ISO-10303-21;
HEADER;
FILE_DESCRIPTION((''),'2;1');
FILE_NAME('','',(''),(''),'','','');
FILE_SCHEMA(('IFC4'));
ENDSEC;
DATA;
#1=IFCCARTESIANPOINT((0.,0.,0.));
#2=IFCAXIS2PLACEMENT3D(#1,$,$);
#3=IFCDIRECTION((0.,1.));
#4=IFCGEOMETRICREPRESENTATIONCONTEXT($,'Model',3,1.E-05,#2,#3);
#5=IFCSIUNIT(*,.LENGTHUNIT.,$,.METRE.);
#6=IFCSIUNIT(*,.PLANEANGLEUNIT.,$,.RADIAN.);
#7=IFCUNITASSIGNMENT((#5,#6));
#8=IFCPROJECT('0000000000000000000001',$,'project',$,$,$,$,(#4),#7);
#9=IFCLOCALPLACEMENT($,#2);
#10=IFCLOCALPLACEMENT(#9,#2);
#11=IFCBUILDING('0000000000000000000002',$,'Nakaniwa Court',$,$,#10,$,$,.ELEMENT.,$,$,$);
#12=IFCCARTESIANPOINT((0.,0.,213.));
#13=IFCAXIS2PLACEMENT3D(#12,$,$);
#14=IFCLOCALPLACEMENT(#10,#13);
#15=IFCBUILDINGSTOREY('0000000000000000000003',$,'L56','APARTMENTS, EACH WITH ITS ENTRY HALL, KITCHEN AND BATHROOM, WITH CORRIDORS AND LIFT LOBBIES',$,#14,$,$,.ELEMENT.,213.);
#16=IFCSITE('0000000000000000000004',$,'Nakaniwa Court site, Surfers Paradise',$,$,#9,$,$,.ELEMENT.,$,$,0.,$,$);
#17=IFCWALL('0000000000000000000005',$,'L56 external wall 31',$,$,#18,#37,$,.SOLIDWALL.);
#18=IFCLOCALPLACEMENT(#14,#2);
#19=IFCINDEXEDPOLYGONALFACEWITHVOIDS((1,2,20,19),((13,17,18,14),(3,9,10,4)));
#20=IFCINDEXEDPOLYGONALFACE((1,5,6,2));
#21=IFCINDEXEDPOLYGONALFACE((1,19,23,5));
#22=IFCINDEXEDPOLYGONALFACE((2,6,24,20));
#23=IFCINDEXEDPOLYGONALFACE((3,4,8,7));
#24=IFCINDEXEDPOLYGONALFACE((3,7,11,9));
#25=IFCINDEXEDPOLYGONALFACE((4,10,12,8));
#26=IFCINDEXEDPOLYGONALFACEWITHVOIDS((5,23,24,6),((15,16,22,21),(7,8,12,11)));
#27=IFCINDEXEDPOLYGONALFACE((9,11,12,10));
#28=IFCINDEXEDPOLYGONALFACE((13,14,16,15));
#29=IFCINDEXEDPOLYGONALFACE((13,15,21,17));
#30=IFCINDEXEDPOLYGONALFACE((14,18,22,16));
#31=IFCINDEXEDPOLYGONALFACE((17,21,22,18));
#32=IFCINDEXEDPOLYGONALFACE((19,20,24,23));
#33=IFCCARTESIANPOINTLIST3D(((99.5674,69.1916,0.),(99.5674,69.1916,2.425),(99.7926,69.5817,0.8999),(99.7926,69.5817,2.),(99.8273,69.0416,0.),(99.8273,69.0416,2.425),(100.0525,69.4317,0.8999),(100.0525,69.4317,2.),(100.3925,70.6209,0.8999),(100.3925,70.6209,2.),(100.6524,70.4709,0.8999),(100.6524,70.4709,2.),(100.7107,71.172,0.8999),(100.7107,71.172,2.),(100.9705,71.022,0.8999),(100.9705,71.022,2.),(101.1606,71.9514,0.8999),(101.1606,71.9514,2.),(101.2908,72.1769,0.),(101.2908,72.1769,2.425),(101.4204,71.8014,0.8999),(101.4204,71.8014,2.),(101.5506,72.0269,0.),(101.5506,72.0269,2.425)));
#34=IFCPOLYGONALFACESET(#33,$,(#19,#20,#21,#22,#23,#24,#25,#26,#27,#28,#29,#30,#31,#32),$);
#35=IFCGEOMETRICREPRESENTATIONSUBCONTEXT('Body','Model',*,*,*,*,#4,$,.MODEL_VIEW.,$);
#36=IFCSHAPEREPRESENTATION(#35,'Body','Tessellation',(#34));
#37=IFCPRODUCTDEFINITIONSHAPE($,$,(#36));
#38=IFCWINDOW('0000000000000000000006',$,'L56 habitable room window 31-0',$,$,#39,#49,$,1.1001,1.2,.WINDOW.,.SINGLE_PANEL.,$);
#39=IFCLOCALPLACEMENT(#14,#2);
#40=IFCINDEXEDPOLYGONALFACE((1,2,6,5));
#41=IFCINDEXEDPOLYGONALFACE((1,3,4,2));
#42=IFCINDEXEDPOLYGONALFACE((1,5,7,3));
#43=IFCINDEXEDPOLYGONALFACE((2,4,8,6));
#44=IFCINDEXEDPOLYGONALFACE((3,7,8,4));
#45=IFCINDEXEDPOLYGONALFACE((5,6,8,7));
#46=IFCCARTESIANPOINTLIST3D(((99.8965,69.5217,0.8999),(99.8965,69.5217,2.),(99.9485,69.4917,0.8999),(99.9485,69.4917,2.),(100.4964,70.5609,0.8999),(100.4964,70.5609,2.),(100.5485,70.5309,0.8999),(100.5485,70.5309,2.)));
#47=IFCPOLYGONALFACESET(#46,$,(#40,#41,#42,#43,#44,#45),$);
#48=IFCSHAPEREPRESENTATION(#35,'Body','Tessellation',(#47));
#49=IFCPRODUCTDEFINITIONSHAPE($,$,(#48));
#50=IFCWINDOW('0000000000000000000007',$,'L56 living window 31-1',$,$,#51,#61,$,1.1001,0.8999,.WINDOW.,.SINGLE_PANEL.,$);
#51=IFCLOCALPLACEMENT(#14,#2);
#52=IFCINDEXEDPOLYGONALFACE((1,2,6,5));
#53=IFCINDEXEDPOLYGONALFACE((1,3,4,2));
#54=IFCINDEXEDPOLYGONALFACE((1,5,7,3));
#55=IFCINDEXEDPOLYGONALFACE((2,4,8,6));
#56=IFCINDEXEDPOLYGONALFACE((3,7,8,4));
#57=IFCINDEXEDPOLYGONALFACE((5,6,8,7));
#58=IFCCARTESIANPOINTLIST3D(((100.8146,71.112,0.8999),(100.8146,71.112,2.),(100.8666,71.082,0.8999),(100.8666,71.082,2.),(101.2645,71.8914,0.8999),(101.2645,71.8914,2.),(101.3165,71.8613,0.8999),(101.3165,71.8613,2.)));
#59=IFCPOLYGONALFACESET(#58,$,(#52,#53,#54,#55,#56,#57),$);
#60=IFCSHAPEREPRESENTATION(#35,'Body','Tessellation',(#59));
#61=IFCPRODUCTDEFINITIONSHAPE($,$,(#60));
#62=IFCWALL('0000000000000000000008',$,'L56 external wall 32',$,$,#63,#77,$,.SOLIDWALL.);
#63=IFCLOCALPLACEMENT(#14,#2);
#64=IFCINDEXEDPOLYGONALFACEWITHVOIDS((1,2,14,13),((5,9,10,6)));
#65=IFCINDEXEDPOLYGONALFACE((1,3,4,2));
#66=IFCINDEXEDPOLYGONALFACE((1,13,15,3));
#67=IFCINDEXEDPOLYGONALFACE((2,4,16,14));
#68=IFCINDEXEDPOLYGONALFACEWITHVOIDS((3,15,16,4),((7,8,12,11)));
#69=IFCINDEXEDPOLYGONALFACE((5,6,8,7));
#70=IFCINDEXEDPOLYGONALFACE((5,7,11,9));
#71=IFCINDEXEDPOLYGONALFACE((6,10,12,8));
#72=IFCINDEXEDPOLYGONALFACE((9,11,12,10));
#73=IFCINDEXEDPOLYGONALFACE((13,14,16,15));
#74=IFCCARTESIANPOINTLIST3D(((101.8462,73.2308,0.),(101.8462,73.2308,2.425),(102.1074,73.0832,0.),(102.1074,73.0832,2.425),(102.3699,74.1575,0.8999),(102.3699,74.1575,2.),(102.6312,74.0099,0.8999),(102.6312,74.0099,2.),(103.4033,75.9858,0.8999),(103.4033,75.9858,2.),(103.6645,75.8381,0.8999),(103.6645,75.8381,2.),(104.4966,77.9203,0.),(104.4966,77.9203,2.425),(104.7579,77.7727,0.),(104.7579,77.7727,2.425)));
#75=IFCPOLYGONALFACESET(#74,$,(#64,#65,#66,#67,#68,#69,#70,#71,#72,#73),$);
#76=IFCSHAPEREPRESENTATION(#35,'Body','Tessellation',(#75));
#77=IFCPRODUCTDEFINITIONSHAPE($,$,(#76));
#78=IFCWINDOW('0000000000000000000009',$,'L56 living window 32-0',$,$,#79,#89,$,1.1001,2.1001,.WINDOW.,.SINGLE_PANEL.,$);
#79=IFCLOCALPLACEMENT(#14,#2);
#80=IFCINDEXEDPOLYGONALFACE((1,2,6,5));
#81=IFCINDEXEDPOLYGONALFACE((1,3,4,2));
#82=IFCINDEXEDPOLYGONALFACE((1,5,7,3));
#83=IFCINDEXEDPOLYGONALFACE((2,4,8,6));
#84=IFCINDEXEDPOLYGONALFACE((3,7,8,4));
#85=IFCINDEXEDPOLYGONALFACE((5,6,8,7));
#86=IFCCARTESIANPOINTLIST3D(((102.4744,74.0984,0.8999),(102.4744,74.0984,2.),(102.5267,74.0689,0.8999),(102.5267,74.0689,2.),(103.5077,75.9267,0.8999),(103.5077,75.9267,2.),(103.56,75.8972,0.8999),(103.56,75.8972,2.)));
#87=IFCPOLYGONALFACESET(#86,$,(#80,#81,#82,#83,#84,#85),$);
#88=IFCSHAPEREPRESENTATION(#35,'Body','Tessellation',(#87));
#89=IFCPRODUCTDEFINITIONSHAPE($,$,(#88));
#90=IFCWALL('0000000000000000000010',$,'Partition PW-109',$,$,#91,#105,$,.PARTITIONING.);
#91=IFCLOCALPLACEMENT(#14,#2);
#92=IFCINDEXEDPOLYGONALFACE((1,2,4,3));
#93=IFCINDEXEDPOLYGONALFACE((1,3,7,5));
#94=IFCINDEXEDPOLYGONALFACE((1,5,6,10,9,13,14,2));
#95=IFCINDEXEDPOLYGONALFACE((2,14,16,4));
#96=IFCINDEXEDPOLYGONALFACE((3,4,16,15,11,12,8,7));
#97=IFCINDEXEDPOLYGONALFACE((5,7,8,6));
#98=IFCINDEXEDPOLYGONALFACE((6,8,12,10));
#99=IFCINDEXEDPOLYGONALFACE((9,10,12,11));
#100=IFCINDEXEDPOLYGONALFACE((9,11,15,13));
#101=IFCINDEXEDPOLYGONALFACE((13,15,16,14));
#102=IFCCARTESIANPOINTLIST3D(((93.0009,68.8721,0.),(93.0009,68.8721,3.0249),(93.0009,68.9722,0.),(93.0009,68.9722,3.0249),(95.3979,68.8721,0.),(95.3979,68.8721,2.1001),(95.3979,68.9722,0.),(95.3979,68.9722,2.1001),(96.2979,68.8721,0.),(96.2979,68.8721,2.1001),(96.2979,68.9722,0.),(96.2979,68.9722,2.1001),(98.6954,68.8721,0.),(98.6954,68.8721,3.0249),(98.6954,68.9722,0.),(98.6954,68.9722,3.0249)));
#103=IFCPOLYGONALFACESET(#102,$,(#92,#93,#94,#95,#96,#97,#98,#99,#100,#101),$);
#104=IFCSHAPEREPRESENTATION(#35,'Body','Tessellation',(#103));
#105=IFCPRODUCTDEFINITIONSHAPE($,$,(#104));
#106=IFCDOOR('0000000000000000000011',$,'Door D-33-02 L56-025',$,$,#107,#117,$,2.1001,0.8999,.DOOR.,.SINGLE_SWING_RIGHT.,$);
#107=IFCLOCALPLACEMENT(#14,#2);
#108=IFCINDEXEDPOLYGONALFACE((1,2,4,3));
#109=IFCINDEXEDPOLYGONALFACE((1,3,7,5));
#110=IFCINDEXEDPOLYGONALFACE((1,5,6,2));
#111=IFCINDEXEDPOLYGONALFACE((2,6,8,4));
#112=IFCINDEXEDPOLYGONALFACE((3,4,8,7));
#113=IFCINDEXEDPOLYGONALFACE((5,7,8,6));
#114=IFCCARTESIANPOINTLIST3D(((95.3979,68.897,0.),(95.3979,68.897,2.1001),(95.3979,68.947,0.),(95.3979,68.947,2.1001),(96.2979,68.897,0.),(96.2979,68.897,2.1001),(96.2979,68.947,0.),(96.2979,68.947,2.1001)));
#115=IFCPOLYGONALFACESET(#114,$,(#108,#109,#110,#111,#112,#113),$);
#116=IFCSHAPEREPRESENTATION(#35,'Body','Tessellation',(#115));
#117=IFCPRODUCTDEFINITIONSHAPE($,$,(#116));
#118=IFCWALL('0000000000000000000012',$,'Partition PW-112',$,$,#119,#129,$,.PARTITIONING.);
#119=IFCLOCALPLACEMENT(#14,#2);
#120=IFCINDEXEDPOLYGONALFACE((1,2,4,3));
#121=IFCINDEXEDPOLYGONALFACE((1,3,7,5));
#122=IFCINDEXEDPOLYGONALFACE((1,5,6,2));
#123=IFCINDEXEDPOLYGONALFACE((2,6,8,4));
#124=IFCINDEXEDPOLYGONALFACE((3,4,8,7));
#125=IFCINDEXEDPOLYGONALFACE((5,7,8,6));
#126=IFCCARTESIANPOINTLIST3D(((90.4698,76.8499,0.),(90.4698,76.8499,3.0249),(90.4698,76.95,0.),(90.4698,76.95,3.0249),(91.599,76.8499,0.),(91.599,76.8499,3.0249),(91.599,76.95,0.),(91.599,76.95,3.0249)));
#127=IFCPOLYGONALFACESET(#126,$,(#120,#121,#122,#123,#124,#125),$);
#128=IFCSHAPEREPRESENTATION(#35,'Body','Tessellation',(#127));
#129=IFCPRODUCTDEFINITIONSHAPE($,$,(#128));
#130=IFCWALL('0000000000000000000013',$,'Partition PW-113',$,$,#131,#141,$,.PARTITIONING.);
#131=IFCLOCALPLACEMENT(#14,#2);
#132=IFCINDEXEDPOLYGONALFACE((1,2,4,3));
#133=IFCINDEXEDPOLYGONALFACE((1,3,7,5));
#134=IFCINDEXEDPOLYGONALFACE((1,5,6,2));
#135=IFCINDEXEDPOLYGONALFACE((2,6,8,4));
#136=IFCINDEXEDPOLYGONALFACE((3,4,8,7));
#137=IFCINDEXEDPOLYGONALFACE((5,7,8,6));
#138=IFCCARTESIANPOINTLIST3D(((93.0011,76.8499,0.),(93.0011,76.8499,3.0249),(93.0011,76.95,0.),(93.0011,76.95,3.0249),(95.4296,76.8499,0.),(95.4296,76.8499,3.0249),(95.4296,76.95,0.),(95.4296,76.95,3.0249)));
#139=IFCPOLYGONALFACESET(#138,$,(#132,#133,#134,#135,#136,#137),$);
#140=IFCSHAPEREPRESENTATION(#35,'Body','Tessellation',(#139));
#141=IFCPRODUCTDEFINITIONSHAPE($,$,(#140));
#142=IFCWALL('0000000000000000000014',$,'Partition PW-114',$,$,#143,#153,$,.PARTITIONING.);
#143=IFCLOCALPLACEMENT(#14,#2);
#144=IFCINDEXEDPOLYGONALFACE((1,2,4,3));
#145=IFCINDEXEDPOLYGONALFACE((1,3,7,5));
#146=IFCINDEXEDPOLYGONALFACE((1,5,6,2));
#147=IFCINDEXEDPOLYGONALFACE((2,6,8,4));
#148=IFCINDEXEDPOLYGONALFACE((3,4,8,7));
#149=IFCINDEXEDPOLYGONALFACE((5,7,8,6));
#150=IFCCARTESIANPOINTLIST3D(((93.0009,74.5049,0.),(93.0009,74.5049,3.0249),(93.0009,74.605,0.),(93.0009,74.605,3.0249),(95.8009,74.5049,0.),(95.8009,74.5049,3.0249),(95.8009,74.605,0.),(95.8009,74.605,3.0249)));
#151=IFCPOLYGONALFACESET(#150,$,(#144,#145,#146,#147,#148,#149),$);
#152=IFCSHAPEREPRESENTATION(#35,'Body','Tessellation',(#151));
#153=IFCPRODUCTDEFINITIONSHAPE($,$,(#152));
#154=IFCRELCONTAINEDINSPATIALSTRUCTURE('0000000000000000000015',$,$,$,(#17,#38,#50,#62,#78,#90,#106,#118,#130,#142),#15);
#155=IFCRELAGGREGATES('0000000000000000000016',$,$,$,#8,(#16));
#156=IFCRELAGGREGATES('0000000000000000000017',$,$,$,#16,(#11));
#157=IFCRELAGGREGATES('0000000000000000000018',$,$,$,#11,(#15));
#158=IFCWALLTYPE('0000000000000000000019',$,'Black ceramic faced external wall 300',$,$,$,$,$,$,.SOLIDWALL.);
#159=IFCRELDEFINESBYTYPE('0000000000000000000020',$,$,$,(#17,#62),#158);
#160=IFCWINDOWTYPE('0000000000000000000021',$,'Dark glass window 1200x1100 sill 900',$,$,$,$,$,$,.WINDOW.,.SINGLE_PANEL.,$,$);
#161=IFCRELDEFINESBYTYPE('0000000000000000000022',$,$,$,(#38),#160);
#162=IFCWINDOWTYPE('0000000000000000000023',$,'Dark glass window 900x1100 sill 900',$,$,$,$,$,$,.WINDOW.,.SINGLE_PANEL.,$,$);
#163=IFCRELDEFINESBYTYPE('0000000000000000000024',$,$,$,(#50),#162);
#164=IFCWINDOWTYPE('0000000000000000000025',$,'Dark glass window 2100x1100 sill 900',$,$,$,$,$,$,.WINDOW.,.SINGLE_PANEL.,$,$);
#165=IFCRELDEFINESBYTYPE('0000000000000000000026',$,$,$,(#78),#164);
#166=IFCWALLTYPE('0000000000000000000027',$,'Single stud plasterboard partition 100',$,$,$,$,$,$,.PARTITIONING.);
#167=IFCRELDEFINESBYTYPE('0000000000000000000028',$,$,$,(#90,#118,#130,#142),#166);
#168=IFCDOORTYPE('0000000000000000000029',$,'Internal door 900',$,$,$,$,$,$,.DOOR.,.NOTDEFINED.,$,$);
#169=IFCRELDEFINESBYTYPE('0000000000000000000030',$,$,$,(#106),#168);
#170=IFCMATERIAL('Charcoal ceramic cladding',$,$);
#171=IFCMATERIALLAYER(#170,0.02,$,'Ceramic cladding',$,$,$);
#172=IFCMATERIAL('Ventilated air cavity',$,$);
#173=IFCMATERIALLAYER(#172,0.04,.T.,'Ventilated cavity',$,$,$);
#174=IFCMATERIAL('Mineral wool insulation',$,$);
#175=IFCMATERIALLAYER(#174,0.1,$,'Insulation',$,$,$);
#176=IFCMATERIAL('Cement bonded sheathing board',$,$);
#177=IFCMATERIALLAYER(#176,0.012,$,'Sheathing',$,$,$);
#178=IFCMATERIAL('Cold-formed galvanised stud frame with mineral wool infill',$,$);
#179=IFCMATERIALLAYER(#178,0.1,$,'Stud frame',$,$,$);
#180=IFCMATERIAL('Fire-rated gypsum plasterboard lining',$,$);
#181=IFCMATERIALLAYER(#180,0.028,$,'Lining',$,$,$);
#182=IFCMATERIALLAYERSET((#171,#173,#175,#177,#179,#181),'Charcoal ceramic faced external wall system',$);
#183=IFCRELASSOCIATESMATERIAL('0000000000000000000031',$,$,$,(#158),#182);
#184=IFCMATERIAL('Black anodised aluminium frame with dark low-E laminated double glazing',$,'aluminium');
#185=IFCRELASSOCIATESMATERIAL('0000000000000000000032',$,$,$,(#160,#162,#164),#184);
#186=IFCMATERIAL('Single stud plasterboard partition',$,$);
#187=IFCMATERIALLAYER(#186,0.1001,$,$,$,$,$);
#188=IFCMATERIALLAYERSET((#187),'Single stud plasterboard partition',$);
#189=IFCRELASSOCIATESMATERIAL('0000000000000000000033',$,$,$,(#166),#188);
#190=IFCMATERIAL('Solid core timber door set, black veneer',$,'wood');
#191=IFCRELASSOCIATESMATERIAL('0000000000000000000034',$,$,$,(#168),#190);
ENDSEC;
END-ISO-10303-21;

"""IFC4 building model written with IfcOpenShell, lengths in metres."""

from ifc_helpers import new_model, si_unit, direction, frame, frame_2d, origin, place, context, subcontext, project, spatial, rectangle, extrude, material, layer, layer_set, type_object, element, fill, save


model = new_model("IFC4")

# Units and contexts
model_context = context("Model", 3, precision=1e-05, world=origin(), true_north=direction((0.0, 1.0)))
body_context = subcontext(model_context, "Body", "Model", "MODEL_VIEW")
ifc_project = project(units=[si_unit("LENGTHUNIT", "METRE"), si_unit("PLANEANGLEUNIT", "RADIAN")], contexts=[model_context])

# Site, building, storey
site_placement = place(None, origin())
site = spatial("IfcSite", under=ifc_project, at=site_placement, Name="Nakaniwa Court site, Surfers Paradise", CompositionType="ELEMENT", RefElevation=0.0)
building_placement = place(site_placement, origin())
building = spatial("IfcBuilding", under=site, at=building_placement, Name="Nakaniwa Court", CompositionType="ELEMENT")
storey_placement = place(building_placement, frame((0.0, 0.0, 213.0)))
storey = spatial("IfcBuildingStorey", under=building, at=storey_placement, Name="L56", Description="APARTMENTS, EACH WITH ITS ENTRY HALL, KITCHEN AND BATHROOM, WITH CORRIDORS AND LIFT LOBBIES", CompositionType="ELEMENT", Elevation=213.0)

# Wall, openings, windows
ifc_material_1 = material(Name="Charcoal ceramic cladding")
ifc_layer_1 = layer(ifc_material_1, 0.02, Name="Ceramic cladding")
ifc_material_2 = material(Name="Ventilated air cavity")
ifc_layer_2 = layer(ifc_material_2, 0.04, ventilated=True, Name="Ventilated cavity")
ifc_material_3 = material(Name="Mineral wool insulation")
ifc_layer_3 = layer(ifc_material_3, 0.1, Name="Insulation")
ifc_material_4 = material(Name="Cement bonded sheathing board")
ifc_layer_4 = layer(ifc_material_4, 0.012, Name="Sheathing")
ifc_material_5 = material(Name="Cold-formed galvanised stud frame with mineral wool infill")
ifc_layer_5 = layer(ifc_material_5, 0.1, Name="Stud frame")
ifc_material_6 = material(Name="Fire-rated gypsum plasterboard lining")
ifc_layer_6 = layer(ifc_material_6, 0.028, Name="Lining")
ifc_layer_set_1 = layer_set([ifc_layer_1, ifc_layer_2, ifc_layer_3, ifc_layer_4, ifc_layer_5, ifc_layer_6], Name="Charcoal ceramic faced external wall system")
wall_type_1 = type_object("IfcWallType", Name="Black ceramic faced external wall 300", PredefinedType="SOLIDWALL", material=ifc_layer_set_1)
wall_1_placement = place(storey_placement, frame((99.6973, 69.1165, 0.0), z_axis=(0.0, 0.0, 1.0), x_axis=(0.499955, 0.866051, 0.0)))
wall_1 = element("IfcWall", 1, at=wall_1_placement, inside=storey, type_object=wall_type_1, Name="L56 external wall 31", PredefinedType="SOLIDWALL", context=body_context, shape_type="SweptSolid", body=[
    extrude(rectangle(XDim=3.447, YDim=0.3, at=frame_2d((1.7236, 0.0))), origin(), (0.0, 0.0, 1.0), 2.425),
])
opening_1_placement = place(wall_1_placement, frame((0.4504, 0.0, 0.8999)))
opening_1 = element("IfcOpeningElement", 2, at=opening_1_placement, cuts=wall_1, PredefinedType="OPENING", context=body_context, shape_type="SweptSolid", body=[
    extrude(rectangle(XDim=1.2, YDim=1.1001, at=frame_2d((0.6001, 0.55))), frame((0.0, 0.1599, 0.0), z_axis=(0.0, -1.0, 0.0), x_axis=(1.0, 0.0, 0.0)), (0.0, 0.0, 1.0), 0.3201),
])
opening_2_placement = place(wall_1_placement, frame((2.2869, 0.0, 0.8999)))
opening_2 = element("IfcOpeningElement", 3, at=opening_2_placement, cuts=wall_1, PredefinedType="OPENING", context=body_context, shape_type="SweptSolid", body=[
    extrude(rectangle(XDim=0.8999, YDim=1.1001, at=frame_2d((0.45, 0.55))), frame((0.0, 0.1599, 0.0), z_axis=(0.0, -1.0, 0.0), x_axis=(1.0, 0.0, 0.0)), (0.0, 0.0, 1.0), 0.3201),
])
ifc_material_7 = material(Name="Black anodised aluminium frame with dark low-E laminated double glazing", Category="aluminium")
window_type_1 = type_object("IfcWindowType", Name="Dark glass window 1200x1100 sill 900", PartitioningType="SINGLE_PANEL", PredefinedType="WINDOW", material=ifc_material_7)
window_1_placement = place(opening_1_placement, origin())
window_1 = element("IfcWindow", 4, at=window_1_placement, inside=storey, type_object=window_type_1, Name="L56 habitable room window 31-0", OverallHeight=1.1001, OverallWidth=1.2, PartitioningType="SINGLE_PANEL", PredefinedType="WINDOW", context=body_context, shape_type="SweptSolid", body=[
    extrude(rectangle(XDim=1.2, YDim=1.1001, at=frame_2d((0.6001, 0.55))), frame((0.0, 0.03, 0.0), z_axis=(0.0, -1.0, 0.0), x_axis=(1.0, 0.0, 0.0)), (0.0, 0.0, 1.0), 0.0601),
])
fill(opening_1, window_1)
window_type_2 = type_object("IfcWindowType", Name="Dark glass window 900x1100 sill 900", PartitioningType="SINGLE_PANEL", PredefinedType="WINDOW", material=ifc_material_7)
window_2_placement = place(opening_2_placement, origin())
window_2 = element("IfcWindow", 5, at=window_2_placement, inside=storey, type_object=window_type_2, Name="L56 living window 31-1", OverallHeight=1.1001, OverallWidth=0.8999, PartitioningType="SINGLE_PANEL", PredefinedType="WINDOW", context=body_context, shape_type="SweptSolid", body=[
    extrude(rectangle(XDim=0.8999, YDim=1.1001, at=frame_2d((0.45, 0.55))), frame((0.0, 0.03, 0.0), z_axis=(0.0, -1.0, 0.0), x_axis=(1.0, 0.0, 0.0)), (0.0, 0.0, 1.0), 0.0601),
])
fill(opening_2, window_2)

# Wall, opening, window
wall_2_placement = place(storey_placement, frame((101.9768, 73.157, 0.0), z_axis=(0.0, 0.0, 1.0), x_axis=(0.492033, 0.870576, 0.0)))
wall_2 = element("IfcWall", 6, at=wall_2_placement, inside=storey, type_object=wall_type_1, Name="L56 external wall 32", PredefinedType="SOLIDWALL", context=body_context, shape_type="SweptSolid", body=[
    extrude(rectangle(XDim=5.3867, YDim=0.3, at=frame_2d((2.6934, 0.0))), origin(), (0.0, 0.0, 1.0), 2.425),
])
opening_3_placement = place(wall_2_placement, frame((1.0645, 0.0, 0.8999)))
opening_3 = element("IfcOpeningElement", 7, at=opening_3_placement, cuts=wall_2, PredefinedType="OPENING", context=body_context, shape_type="SweptSolid", body=[
    extrude(rectangle(XDim=2.1001, YDim=1.1001, at=frame_2d((1.05, 0.55))), frame((0.0, 0.1599, 0.0), z_axis=(0.0, -1.0, 0.0), x_axis=(1.0, 0.0, 0.0)), (0.0, 0.0, 1.0), 0.3201),
])
window_type_3 = type_object("IfcWindowType", Name="Dark glass window 2100x1100 sill 900", PartitioningType="SINGLE_PANEL", PredefinedType="WINDOW", material=ifc_material_7)
window_3_placement = place(opening_3_placement, origin())
window_3 = element("IfcWindow", 8, at=window_3_placement, inside=storey, type_object=window_type_3, Name="L56 living window 32-0", OverallHeight=1.1001, OverallWidth=2.1001, PartitioningType="SINGLE_PANEL", PredefinedType="WINDOW", context=body_context, shape_type="SweptSolid", body=[
    extrude(rectangle(XDim=2.1001, YDim=1.1001, at=frame_2d((1.05, 0.55))), frame((0.0, 0.03, 0.0), z_axis=(0.0, -1.0, 0.0), x_axis=(1.0, 0.0, 0.0)), (0.0, 0.0, 1.0), 0.0601),
])
fill(opening_3, window_3)

# Wall, opening, door
ifc_material_8 = material(Name="Single stud plasterboard partition")
ifc_layer_7 = layer(ifc_material_8, 0.1001)
ifc_layer_set_2 = layer_set([ifc_layer_7], Name="Single stud plasterboard partition")
wall_type_2 = type_object("IfcWallType", Name="Single stud plasterboard partition 100", PredefinedType="PARTITIONING", material=ifc_layer_set_2)
wall_3_placement = place(storey_placement, frame((93.001, 68.9221, 0.0), z_axis=(0.0, 0.0, 1.0), x_axis=(1.0, 0.0, 0.0)))
wall_3 = element("IfcWall", 9, at=wall_3_placement, inside=storey, type_object=wall_type_2, Name="Partition PW-109", PredefinedType="PARTITIONING", context=body_context, shape_type="SweptSolid", body=[
    extrude(rectangle(XDim=5.6946, YDim=0.1001, at=frame_2d((2.8472, 0.0))), origin(), (0.0, 0.0, 1.0), 3.0249),
])
opening_4_placement = place(wall_3_placement, frame((2.397, 0.0, 0.0)))
opening_4 = element("IfcOpeningElement", 10, at=opening_4_placement, cuts=wall_3, PredefinedType="OPENING", context=body_context, shape_type="SweptSolid", body=[
    extrude(rectangle(XDim=0.8999, YDim=2.1001, at=frame_2d((0.45, 1.05))), frame((0.0, 0.0601, 0.0), z_axis=(0.0, -1.0, 0.0), x_axis=(1.0, 0.0, 0.0)), (0.0, 0.0, 1.0), 0.1201),
])
ifc_material_9 = material(Name="Solid core timber door set, black veneer", Category="wood")
door_type_1 = type_object("IfcDoorType", Name="Internal door 900", OperationType="NOTDEFINED", PredefinedType="DOOR", material=ifc_material_9)
door_1_placement = place(opening_4_placement, origin())
door_1 = element("IfcDoor", 11, at=door_1_placement, inside=storey, type_object=door_type_1, Name="Door D-33-02 L56-025", OperationType="SINGLE_SWING_RIGHT", OverallHeight=2.1001, OverallWidth=0.8999, PredefinedType="DOOR", context=body_context, shape_type="SweptSolid", body=[
    extrude(rectangle(XDim=0.8999, YDim=2.1001, at=frame_2d((0.45, 1.05))), frame((0.0, 0.0249, 0.0), z_axis=(0.0, -1.0, 0.0), x_axis=(1.0, 0.0, 0.0)), (0.0, 0.0, 1.0), 0.05),
])
fill(opening_4, door_1)

# Walls
wall_4_placement = place(storey_placement, frame((90.47, 76.8999, 0.0), z_axis=(0.0, 0.0, 1.0), x_axis=(1.0, 0.0, 0.0)))
element("IfcWall", 12, at=wall_4_placement, inside=storey, type_object=wall_type_2, Name="Partition PW-112", PredefinedType="PARTITIONING", context=body_context, shape_type="SweptSolid", body=[
    extrude(rectangle(XDim=1.1292, YDim=0.1001, at=frame_2d((0.5645, 0.0))), origin(), (0.0, 0.0, 1.0), 3.0249),
])
wall_5_placement = place(storey_placement, frame((93.001, 76.8999, 0.0), z_axis=(0.0, 0.0, 1.0), x_axis=(1.0, 0.0, 0.0)))
element("IfcWall", 13, at=wall_5_placement, inside=storey, type_object=wall_type_2, Name="Partition PW-113", PredefinedType="PARTITIONING", context=body_context, shape_type="SweptSolid", body=[
    extrude(rectangle(XDim=2.4285, YDim=0.1001, at=frame_2d((1.2144, 0.0))), origin(), (0.0, 0.0, 1.0), 3.0249),
])
wall_6_placement = place(storey_placement, frame((93.001, 74.5549, 0.0), z_axis=(0.0, 0.0, 1.0), x_axis=(1.0, 0.0, 0.0)))
element("IfcWall", 14, at=wall_6_placement, inside=storey, type_object=wall_type_2, Name="Partition PW-114", PredefinedType="PARTITIONING", context=body_context, shape_type="SweptSolid", body=[
    extrude(rectangle(XDim=2.8, YDim=0.1001, at=frame_2d((1.3999, 0.0))), origin(), (0.0, 0.0, 1.0), 3.0249),
])

save(model, "model.ifc")
